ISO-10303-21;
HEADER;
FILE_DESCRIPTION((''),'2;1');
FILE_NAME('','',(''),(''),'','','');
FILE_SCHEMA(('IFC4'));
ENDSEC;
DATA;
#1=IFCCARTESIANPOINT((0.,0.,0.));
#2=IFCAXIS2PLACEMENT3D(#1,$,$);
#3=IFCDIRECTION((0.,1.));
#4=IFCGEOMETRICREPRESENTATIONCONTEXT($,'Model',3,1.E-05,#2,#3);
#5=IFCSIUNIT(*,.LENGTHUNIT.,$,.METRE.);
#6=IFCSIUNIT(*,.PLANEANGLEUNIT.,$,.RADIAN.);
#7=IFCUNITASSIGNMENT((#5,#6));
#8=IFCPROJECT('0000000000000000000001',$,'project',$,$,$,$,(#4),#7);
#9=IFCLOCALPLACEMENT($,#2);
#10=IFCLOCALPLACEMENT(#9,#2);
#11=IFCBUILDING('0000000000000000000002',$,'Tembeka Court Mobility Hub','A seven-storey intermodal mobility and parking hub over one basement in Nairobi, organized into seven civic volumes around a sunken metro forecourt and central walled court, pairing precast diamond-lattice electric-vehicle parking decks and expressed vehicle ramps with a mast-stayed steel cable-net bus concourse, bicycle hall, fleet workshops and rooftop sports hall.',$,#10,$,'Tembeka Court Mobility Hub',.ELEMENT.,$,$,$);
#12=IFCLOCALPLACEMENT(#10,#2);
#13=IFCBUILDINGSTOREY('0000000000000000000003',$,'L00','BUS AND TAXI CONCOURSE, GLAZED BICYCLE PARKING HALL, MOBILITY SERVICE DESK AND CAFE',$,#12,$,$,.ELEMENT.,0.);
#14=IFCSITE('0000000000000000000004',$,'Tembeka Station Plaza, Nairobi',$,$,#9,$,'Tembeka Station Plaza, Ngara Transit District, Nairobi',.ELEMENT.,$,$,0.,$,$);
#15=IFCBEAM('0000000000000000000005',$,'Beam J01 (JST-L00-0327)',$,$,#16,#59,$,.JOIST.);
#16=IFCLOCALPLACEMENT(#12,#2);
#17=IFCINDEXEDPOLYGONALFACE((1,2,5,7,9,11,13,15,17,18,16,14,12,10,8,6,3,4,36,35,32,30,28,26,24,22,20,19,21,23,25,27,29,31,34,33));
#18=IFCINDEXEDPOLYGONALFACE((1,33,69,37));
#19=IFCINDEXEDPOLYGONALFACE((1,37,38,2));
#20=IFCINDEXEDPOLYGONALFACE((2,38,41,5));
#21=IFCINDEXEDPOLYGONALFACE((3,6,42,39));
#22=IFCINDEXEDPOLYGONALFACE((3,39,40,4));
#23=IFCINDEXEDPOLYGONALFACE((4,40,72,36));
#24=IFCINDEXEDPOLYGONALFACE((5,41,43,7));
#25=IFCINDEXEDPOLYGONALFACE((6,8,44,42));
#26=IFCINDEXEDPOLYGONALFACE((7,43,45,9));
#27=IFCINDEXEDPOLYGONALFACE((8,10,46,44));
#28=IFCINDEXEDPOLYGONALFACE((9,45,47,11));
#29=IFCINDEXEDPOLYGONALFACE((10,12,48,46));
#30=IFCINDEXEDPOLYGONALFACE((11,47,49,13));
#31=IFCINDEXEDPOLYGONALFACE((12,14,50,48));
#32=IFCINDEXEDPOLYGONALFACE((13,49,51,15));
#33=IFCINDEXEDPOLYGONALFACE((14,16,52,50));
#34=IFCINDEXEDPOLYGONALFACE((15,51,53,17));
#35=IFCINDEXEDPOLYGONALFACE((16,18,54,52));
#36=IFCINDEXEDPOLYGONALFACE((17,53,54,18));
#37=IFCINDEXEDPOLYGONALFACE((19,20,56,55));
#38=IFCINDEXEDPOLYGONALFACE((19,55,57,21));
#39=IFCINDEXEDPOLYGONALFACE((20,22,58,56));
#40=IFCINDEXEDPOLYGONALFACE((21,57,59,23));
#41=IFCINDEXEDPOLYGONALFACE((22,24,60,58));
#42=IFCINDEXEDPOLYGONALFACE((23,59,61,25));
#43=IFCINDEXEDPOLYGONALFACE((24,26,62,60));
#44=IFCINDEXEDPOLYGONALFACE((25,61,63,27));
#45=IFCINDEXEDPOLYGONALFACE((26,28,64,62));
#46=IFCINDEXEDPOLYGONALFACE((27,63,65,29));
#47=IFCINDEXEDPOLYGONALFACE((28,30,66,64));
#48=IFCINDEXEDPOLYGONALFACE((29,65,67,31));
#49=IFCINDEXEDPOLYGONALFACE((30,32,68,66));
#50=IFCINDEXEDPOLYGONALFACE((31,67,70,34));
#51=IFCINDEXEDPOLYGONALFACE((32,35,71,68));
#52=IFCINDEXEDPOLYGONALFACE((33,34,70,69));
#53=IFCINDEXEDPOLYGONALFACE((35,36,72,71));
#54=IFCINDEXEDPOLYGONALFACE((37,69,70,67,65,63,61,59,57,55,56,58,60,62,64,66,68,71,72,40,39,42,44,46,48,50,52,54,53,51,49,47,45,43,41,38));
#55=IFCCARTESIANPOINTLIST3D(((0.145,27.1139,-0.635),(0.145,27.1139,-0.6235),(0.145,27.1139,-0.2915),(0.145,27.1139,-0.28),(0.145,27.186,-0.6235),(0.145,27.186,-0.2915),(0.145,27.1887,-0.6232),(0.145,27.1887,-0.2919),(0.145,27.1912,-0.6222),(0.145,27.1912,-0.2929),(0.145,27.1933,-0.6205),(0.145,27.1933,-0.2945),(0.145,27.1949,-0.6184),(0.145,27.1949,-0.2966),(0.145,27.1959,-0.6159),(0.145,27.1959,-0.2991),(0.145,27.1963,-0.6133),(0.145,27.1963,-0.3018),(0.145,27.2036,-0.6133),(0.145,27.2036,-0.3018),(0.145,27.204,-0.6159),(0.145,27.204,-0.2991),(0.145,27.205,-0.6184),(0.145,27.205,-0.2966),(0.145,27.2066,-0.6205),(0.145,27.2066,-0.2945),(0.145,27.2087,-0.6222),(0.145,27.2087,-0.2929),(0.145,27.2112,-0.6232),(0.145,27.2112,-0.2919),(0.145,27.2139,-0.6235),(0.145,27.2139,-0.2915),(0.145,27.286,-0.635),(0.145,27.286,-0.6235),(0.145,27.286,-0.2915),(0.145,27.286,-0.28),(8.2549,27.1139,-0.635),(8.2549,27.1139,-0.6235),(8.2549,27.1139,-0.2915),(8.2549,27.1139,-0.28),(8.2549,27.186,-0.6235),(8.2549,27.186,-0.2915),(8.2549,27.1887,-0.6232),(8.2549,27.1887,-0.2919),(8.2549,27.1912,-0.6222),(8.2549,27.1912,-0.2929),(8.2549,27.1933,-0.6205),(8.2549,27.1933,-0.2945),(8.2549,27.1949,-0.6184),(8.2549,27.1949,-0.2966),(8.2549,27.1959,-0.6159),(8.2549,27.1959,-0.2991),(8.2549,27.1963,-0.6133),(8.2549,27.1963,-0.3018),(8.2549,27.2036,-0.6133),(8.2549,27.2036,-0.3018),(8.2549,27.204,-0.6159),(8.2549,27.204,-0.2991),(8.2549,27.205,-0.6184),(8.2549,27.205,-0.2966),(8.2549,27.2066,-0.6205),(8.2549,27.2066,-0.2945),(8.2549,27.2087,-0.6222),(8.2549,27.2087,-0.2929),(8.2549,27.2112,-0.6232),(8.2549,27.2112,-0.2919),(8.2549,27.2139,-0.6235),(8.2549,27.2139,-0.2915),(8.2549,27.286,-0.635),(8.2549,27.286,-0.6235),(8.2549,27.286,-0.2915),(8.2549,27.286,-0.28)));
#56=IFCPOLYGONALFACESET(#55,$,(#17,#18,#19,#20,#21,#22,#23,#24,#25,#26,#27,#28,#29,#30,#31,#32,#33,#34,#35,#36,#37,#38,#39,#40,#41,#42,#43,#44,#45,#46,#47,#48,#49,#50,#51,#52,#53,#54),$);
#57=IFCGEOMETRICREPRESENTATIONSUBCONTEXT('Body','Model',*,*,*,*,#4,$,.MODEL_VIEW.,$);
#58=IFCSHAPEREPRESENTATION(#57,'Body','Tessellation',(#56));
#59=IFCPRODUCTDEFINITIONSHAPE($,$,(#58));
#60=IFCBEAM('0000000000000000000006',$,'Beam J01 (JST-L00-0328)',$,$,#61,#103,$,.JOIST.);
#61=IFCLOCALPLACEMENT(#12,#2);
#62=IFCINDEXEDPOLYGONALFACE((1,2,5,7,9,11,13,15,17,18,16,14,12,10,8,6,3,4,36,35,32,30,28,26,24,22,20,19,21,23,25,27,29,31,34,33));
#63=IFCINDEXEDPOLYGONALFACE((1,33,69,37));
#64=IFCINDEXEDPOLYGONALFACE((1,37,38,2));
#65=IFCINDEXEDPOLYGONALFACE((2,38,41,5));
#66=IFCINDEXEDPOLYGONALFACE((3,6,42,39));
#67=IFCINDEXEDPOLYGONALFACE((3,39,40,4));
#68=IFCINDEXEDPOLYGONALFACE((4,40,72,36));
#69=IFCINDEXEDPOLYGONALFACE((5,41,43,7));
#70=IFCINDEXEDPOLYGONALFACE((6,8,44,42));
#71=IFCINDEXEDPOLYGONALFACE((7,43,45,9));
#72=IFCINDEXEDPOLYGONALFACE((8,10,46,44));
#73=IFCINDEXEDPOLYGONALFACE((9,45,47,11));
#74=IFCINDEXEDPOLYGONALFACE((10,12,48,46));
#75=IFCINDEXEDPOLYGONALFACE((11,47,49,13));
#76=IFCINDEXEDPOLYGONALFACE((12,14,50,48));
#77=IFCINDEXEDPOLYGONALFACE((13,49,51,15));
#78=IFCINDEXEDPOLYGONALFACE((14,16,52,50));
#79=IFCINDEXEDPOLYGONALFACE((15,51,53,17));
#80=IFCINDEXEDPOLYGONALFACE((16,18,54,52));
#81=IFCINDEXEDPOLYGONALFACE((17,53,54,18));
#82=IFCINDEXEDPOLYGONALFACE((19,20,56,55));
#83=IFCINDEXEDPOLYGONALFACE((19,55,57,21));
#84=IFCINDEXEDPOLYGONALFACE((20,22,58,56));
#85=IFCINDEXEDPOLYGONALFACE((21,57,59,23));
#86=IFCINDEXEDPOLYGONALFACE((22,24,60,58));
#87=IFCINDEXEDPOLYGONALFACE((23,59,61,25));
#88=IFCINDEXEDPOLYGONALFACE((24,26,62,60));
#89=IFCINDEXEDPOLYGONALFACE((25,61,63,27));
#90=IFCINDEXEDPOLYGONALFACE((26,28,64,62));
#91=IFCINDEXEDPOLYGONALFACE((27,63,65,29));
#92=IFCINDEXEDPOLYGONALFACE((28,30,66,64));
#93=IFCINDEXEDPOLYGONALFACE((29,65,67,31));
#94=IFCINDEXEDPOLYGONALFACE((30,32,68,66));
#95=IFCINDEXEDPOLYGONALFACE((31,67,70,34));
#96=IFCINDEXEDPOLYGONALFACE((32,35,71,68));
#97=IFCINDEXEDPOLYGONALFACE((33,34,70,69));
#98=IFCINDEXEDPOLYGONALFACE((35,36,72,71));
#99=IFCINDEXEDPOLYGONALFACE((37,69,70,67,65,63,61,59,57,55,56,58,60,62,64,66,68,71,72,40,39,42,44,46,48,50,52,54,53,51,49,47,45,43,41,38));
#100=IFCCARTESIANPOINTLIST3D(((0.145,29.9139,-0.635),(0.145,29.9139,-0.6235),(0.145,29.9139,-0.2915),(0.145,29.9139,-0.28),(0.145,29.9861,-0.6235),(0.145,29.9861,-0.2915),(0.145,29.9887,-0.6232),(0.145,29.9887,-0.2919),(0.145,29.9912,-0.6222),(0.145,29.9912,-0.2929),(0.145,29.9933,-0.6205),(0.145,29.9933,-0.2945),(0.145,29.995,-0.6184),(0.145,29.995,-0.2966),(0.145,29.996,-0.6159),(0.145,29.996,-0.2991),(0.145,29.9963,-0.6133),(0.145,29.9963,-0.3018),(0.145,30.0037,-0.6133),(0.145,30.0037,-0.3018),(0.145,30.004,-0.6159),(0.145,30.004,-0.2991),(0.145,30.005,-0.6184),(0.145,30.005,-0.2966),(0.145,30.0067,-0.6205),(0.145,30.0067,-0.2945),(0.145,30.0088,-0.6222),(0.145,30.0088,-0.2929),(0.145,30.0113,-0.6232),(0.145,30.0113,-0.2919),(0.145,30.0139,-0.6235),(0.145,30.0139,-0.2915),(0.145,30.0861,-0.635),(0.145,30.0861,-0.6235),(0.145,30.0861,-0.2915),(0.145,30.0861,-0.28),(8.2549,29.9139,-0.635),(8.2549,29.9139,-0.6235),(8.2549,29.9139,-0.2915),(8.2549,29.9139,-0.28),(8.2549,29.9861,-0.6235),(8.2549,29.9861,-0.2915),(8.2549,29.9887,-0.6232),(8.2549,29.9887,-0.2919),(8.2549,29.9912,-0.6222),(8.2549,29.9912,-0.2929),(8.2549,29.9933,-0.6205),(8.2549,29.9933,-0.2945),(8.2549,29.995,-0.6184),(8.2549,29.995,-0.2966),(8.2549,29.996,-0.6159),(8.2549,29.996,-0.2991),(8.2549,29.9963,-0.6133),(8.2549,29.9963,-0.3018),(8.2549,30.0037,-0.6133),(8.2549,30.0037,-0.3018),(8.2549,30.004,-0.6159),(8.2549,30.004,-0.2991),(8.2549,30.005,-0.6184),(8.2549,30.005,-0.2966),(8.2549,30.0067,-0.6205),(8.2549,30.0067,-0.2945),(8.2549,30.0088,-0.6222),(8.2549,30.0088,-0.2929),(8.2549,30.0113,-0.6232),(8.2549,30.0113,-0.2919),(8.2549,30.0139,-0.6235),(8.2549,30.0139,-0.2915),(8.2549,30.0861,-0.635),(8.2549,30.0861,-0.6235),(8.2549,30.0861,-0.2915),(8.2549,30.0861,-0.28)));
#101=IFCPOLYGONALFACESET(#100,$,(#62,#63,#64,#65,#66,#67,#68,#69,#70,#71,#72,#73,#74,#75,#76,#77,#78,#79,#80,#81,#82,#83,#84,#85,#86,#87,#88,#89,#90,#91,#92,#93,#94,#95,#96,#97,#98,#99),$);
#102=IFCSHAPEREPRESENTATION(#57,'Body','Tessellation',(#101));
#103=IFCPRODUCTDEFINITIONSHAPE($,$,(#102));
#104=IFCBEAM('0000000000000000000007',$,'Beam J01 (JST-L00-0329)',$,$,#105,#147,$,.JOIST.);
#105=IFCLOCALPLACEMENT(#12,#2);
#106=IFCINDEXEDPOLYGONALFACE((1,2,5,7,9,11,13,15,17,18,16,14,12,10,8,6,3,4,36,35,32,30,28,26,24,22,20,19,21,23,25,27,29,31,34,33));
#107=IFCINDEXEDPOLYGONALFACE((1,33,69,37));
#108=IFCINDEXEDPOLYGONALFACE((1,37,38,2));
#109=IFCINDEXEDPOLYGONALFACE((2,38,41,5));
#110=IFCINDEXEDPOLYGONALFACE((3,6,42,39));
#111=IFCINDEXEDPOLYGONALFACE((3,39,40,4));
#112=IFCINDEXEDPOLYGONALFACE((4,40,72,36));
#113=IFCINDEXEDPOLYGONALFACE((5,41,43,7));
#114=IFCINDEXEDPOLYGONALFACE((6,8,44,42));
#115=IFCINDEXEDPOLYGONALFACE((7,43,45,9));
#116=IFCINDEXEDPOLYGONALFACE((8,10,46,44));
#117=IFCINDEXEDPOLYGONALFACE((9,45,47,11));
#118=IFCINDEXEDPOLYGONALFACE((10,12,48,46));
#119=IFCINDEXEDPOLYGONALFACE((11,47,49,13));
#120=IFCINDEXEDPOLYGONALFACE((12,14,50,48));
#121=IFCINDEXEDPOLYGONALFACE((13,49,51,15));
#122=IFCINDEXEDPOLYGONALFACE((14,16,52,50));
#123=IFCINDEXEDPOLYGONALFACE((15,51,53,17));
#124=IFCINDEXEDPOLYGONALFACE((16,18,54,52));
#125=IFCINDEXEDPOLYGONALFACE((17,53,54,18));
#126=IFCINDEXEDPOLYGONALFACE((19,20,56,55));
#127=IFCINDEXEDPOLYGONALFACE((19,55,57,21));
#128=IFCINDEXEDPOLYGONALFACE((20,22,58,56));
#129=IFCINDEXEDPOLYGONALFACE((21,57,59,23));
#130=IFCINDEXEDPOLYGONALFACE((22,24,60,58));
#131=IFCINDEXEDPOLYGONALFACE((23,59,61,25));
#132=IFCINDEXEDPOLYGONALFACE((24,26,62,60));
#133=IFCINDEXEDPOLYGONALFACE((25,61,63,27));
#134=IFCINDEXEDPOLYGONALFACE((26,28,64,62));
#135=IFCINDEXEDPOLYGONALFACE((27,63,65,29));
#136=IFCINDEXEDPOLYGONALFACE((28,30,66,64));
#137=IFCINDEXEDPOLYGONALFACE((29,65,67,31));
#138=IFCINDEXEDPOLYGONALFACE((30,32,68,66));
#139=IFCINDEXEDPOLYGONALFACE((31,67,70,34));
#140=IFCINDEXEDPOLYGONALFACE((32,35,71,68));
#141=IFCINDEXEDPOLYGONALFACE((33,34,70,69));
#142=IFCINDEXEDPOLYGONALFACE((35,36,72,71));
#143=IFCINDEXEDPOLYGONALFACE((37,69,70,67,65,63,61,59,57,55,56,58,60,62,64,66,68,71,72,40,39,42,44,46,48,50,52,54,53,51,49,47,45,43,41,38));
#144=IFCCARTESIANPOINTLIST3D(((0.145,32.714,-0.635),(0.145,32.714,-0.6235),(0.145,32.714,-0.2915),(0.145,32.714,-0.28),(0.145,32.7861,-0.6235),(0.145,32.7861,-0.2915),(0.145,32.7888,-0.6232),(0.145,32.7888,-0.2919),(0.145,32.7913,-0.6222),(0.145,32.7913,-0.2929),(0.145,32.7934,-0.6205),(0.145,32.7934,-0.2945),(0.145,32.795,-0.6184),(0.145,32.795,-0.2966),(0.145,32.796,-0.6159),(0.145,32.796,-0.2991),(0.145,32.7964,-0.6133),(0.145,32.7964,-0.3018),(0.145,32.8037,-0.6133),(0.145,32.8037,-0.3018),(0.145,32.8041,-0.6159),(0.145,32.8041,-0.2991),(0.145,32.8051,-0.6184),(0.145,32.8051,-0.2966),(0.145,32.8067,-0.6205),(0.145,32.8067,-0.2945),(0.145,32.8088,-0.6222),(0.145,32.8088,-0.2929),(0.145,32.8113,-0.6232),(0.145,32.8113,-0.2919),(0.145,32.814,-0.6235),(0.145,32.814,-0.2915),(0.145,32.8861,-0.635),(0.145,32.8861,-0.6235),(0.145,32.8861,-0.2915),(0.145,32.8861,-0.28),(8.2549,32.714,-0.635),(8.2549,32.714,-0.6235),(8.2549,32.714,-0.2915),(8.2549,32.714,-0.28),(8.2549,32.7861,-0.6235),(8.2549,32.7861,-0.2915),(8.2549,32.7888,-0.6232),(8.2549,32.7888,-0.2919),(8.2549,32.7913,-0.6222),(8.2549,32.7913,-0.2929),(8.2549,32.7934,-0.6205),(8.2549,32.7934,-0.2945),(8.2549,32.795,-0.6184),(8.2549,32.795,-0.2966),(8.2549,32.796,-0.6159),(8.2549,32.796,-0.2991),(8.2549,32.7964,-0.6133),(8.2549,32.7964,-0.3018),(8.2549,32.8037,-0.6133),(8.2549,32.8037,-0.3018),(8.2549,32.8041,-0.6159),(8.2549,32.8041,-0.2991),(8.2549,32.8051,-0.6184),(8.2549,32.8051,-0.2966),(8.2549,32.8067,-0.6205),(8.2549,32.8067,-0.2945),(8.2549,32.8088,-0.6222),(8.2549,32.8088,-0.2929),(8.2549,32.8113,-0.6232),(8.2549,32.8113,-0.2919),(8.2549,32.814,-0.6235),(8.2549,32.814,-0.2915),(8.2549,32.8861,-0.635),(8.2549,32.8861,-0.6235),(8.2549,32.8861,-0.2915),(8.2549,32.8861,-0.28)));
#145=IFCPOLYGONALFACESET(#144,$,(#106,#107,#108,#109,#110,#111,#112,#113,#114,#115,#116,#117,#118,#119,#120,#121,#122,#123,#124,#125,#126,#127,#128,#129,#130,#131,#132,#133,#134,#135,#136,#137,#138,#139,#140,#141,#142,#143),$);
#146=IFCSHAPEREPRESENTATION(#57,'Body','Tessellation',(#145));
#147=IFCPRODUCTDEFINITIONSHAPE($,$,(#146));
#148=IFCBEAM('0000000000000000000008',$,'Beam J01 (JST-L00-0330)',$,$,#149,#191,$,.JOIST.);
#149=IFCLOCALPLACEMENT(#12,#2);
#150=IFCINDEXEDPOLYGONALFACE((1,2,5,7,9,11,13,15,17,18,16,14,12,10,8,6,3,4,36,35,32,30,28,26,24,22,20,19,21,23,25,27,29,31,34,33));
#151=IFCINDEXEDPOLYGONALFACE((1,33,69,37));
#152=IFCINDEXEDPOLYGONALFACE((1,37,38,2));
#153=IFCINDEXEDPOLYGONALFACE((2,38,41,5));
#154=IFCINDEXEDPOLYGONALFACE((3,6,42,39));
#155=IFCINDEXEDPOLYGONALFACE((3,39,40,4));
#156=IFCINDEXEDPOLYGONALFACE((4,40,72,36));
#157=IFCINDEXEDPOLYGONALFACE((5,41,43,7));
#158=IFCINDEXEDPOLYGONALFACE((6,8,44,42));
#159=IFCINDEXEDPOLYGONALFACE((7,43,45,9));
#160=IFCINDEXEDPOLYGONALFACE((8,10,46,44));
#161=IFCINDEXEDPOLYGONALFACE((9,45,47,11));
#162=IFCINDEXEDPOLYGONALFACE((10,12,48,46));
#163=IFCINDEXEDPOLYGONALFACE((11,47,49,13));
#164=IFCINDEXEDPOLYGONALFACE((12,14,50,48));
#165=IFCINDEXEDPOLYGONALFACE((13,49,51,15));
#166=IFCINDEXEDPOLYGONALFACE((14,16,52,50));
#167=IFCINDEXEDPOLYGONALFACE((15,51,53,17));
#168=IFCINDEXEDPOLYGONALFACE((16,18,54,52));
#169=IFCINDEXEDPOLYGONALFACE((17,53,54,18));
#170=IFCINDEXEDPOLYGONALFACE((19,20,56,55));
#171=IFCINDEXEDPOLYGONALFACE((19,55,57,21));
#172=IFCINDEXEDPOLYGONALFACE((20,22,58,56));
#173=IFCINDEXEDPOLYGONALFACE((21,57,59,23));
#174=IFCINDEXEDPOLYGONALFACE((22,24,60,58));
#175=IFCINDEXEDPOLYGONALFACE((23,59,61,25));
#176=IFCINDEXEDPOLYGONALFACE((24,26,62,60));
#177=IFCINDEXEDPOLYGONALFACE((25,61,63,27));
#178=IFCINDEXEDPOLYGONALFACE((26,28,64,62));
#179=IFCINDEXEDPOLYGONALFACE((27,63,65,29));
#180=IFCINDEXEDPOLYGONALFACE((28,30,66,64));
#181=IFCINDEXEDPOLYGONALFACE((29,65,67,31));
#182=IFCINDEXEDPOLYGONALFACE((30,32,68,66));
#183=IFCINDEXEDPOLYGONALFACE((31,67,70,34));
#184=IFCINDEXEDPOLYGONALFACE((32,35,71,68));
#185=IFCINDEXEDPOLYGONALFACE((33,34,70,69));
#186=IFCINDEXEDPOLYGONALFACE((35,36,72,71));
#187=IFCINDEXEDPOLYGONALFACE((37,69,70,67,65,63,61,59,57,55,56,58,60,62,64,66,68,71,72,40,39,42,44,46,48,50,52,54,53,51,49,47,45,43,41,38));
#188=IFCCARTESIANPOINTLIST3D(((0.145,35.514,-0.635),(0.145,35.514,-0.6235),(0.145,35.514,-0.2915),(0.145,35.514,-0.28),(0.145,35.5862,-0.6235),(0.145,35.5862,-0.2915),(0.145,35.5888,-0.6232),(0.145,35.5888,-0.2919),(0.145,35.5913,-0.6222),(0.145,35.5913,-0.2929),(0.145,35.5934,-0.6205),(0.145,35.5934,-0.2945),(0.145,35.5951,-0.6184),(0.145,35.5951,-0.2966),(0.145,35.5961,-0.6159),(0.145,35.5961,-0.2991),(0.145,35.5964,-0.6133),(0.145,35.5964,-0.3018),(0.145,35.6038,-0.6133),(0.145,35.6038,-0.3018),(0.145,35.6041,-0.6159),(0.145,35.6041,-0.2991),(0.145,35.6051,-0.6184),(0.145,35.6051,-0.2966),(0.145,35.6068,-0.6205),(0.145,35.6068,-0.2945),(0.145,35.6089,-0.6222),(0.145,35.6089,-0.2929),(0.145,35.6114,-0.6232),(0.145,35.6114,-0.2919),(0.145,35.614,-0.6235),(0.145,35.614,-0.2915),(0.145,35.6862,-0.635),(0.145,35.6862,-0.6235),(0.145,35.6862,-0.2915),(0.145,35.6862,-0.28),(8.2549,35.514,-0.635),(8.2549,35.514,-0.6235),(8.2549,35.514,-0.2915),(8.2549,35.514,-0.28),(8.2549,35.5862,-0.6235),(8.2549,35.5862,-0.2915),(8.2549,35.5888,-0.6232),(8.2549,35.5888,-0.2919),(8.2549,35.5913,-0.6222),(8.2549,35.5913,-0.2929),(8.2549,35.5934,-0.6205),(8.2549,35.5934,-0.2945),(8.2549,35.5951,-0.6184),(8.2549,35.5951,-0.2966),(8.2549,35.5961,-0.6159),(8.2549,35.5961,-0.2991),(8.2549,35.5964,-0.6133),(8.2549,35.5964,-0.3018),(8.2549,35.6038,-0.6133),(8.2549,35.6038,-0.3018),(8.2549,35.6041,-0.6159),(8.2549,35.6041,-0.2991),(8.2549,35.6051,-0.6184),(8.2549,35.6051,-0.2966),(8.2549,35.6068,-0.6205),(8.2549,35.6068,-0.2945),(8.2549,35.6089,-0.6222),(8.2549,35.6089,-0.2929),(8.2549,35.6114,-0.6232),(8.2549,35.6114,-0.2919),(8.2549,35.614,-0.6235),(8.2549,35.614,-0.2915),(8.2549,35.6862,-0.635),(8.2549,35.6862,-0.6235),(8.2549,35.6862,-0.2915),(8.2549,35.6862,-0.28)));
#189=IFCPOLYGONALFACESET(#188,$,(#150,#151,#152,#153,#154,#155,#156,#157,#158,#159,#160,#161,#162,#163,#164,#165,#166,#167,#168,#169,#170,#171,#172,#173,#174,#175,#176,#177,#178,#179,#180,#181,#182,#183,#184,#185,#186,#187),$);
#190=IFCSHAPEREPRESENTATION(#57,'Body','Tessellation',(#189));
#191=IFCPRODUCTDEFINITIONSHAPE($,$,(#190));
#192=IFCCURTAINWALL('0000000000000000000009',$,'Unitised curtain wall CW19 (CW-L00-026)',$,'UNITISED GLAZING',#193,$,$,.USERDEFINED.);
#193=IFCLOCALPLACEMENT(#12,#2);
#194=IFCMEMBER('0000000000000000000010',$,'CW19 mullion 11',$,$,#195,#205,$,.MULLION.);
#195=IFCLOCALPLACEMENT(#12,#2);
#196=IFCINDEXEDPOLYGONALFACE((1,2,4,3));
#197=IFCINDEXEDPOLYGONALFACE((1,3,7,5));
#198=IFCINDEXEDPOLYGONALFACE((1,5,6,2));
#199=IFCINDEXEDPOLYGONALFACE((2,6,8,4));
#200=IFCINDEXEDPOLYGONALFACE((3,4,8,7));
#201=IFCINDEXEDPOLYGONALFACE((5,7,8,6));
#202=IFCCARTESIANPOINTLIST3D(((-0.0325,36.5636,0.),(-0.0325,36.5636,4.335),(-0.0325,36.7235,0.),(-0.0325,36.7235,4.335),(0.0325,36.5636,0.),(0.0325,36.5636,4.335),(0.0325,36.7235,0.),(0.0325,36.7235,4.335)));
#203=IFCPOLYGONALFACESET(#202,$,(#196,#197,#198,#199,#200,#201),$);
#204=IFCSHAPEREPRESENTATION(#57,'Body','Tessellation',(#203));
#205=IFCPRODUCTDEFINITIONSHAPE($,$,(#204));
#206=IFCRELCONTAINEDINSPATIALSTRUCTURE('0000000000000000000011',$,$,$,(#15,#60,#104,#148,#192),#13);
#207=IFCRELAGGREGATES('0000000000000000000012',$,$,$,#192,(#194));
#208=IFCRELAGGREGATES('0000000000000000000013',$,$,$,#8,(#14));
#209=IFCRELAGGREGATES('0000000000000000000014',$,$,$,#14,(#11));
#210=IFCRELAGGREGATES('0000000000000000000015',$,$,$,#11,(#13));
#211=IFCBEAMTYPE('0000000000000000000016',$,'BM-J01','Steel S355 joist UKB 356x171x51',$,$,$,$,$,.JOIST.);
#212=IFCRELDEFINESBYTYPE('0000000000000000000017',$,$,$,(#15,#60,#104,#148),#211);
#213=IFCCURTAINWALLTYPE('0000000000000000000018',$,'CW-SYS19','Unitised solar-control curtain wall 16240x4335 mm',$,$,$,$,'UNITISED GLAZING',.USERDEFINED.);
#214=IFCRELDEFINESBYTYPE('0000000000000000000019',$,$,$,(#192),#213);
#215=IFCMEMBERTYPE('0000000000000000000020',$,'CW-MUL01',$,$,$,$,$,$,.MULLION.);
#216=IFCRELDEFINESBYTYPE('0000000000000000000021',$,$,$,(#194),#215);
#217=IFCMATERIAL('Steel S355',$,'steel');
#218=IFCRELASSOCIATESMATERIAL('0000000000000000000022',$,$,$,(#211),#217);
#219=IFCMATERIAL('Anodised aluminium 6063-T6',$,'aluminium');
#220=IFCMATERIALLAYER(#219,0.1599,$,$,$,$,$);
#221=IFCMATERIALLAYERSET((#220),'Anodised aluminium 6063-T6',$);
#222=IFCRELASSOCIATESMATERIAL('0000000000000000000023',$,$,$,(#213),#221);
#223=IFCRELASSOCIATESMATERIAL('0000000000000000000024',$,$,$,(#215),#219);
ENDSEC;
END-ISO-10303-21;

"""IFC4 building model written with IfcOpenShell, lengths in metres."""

from ifc_helpers import new_model, si_unit, direction, frame, origin, origin_2d, place, context, subcontext, project, spatial, rectangle, i_section, extrude, material, layer, layer_set, material_profile, profile_set, type_object, element, aggregate, save


model = new_model("IFC4")

# Units and contexts
model_context = context("Model", 3, precision=1e-05, world=origin(), true_north=direction((0.0, 1.0)))
body_context = subcontext(model_context, "Body", "Model", "MODEL_VIEW")
ifc_project = project(units=[si_unit("LENGTHUNIT", "METRE"), si_unit("PLANEANGLEUNIT", "RADIAN")], contexts=[model_context])

# Site, building, storey
site_placement = place(None, origin())
site = spatial("IfcSite", under=ifc_project, at=site_placement, Name="Tembeka Station Plaza, Nairobi", LongName="Tembeka Station Plaza, Ngara Transit District, Nairobi", CompositionType="ELEMENT", RefElevation=0.0)
building_placement = place(site_placement, origin())
building = spatial("IfcBuilding", under=site, at=building_placement, Name="Tembeka Court Mobility Hub", Description="A seven-storey intermodal mobility and parking hub over one basement in Nairobi, organized into seven civic volumes around a sunken metro forecourt and central walled court, pairing precast diamond-lattice electric-vehicle parking decks and expressed vehicle ramps with a mast-stayed steel cable-net bus concourse, bicycle hall, fleet workshops and rooftop sports hall.", LongName="Tembeka Court Mobility Hub", CompositionType="ELEMENT")
storey_placement = place(building_placement, origin())
storey = spatial("IfcBuildingStorey", under=building, at=storey_placement, Name="L00", Description="BUS AND TAXI CONCOURSE, GLAZED BICYCLE PARKING HALL, MOBILITY SERVICE DESK AND CAFE", CompositionType="ELEMENT", Elevation=0.0)

# Shared definitions
ifc_material_1 = material(Name="Steel S355", Category="steel")

# Beams
ifc_material_profile_1 = material_profile(ifc_material_1, i_section(OverallWidth=0.1721, OverallDepth=0.355, WebThickness=0.0073, FlangeThickness=0.0115, FilletRadius=0.0103, at=origin_2d()), Name="UKB 356x171x51")
ifc_profile_set_1 = profile_set([ifc_material_profile_1], Name="Steel S355")
beam_type_1 = type_object("IfcBeamType", Name="BM-J01", Description="Steel S355 joist UKB 356x171x51", PredefinedType="JOIST", material=ifc_profile_set_1)
for number, where, z_axis, x_axis, name in (
    (1, (0.145, 27.2, -0.4575), (1.0, 0.0, 0.0), (0.0, 1.0, 0.0), "Beam J01 (JST-L00-0327)"),
    (2, (0.145, 30.0, -0.4575), (1.0, 0.0, 0.0), (0.0, 1.0, 0.0), "Beam J01 (JST-L00-0328)"),
    (3, (0.145, 32.8, -0.4575), (1.0, 0.0, 0.0), (0.0, 1.0, 0.0), "Beam J01 (JST-L00-0329)"),
    (4, (0.145, 35.6001, -0.4575), (1.0, 0.0, 0.0), (0.0, 1.0, 0.0), "Beam J01 (JST-L00-0330)"),
):
    element("IfcBeam", number, at=place(storey_placement, frame(where, z_axis=z_axis, x_axis=x_axis)), inside=storey, type_object=beam_type_1, Name=name, PredefinedType="JOIST", context=body_context, shape_type="SweptSolid", body=[
        extrude(i_section(OverallWidth=0.1721, OverallDepth=0.355, WebThickness=0.0073, FlangeThickness=0.0115, FilletRadius=0.0103, at=origin_2d()), origin(), (0.0, 0.0, 1.0), 8.1099),
    ])

# Curtain wall, member
ifc_material_2 = material(Name="Anodised aluminium 6063-T6", Category="aluminium")
ifc_layer_1 = layer(ifc_material_2, 0.1599)
ifc_layer_set_1 = layer_set([ifc_layer_1], Name="Anodised aluminium 6063-T6")
curtain_wall_type = type_object("IfcCurtainWallType", Name="CW-SYS19", Description="Unitised solar-control curtain wall 16240x4335 mm", ElementType="UNITISED GLAZING", PredefinedType="USERDEFINED", material=ifc_layer_set_1)
curtain_wall_placement = place(storey_placement, origin())
curtain_wall = element("IfcCurtainWall", 5, at=curtain_wall_placement, inside=storey, type_object=curtain_wall_type, Name="Unitised curtain wall CW19 (CW-L00-026)", ObjectType="UNITISED GLAZING", PredefinedType="USERDEFINED")
ifc_material_profile_2 = material_profile(ifc_material_2, rectangle(XDim=0.0649, YDim=0.1599, at=origin_2d()), Name="ALU-MUL 65x160")
ifc_profile_set_2 = profile_set([ifc_material_profile_2], Name="Anodised aluminium 6063-T6")
member_type_1 = type_object("IfcMemberType", Name="CW-MUL01", PredefinedType="MULLION", material=ifc_profile_set_2)
member_1_placement = place(storey_placement, frame((0.0, 36.6436, 0.0), z_axis=(0.0, 0.0, 1.0), x_axis=(-1.0, 0.0, 0.0)))
member_1 = element("IfcMember", 6, at=member_1_placement, type_object=member_type_1, Name="CW19 mullion 11", PredefinedType="MULLION", context=body_context, shape_type="SweptSolid", body=[
    extrude(rectangle(XDim=0.0649, YDim=0.1599, at=origin_2d()), origin(), (0.0, 0.0, 1.0), 4.335),
])
aggregate(curtain_wall, [member_1])

save(model, "model.ifc")
